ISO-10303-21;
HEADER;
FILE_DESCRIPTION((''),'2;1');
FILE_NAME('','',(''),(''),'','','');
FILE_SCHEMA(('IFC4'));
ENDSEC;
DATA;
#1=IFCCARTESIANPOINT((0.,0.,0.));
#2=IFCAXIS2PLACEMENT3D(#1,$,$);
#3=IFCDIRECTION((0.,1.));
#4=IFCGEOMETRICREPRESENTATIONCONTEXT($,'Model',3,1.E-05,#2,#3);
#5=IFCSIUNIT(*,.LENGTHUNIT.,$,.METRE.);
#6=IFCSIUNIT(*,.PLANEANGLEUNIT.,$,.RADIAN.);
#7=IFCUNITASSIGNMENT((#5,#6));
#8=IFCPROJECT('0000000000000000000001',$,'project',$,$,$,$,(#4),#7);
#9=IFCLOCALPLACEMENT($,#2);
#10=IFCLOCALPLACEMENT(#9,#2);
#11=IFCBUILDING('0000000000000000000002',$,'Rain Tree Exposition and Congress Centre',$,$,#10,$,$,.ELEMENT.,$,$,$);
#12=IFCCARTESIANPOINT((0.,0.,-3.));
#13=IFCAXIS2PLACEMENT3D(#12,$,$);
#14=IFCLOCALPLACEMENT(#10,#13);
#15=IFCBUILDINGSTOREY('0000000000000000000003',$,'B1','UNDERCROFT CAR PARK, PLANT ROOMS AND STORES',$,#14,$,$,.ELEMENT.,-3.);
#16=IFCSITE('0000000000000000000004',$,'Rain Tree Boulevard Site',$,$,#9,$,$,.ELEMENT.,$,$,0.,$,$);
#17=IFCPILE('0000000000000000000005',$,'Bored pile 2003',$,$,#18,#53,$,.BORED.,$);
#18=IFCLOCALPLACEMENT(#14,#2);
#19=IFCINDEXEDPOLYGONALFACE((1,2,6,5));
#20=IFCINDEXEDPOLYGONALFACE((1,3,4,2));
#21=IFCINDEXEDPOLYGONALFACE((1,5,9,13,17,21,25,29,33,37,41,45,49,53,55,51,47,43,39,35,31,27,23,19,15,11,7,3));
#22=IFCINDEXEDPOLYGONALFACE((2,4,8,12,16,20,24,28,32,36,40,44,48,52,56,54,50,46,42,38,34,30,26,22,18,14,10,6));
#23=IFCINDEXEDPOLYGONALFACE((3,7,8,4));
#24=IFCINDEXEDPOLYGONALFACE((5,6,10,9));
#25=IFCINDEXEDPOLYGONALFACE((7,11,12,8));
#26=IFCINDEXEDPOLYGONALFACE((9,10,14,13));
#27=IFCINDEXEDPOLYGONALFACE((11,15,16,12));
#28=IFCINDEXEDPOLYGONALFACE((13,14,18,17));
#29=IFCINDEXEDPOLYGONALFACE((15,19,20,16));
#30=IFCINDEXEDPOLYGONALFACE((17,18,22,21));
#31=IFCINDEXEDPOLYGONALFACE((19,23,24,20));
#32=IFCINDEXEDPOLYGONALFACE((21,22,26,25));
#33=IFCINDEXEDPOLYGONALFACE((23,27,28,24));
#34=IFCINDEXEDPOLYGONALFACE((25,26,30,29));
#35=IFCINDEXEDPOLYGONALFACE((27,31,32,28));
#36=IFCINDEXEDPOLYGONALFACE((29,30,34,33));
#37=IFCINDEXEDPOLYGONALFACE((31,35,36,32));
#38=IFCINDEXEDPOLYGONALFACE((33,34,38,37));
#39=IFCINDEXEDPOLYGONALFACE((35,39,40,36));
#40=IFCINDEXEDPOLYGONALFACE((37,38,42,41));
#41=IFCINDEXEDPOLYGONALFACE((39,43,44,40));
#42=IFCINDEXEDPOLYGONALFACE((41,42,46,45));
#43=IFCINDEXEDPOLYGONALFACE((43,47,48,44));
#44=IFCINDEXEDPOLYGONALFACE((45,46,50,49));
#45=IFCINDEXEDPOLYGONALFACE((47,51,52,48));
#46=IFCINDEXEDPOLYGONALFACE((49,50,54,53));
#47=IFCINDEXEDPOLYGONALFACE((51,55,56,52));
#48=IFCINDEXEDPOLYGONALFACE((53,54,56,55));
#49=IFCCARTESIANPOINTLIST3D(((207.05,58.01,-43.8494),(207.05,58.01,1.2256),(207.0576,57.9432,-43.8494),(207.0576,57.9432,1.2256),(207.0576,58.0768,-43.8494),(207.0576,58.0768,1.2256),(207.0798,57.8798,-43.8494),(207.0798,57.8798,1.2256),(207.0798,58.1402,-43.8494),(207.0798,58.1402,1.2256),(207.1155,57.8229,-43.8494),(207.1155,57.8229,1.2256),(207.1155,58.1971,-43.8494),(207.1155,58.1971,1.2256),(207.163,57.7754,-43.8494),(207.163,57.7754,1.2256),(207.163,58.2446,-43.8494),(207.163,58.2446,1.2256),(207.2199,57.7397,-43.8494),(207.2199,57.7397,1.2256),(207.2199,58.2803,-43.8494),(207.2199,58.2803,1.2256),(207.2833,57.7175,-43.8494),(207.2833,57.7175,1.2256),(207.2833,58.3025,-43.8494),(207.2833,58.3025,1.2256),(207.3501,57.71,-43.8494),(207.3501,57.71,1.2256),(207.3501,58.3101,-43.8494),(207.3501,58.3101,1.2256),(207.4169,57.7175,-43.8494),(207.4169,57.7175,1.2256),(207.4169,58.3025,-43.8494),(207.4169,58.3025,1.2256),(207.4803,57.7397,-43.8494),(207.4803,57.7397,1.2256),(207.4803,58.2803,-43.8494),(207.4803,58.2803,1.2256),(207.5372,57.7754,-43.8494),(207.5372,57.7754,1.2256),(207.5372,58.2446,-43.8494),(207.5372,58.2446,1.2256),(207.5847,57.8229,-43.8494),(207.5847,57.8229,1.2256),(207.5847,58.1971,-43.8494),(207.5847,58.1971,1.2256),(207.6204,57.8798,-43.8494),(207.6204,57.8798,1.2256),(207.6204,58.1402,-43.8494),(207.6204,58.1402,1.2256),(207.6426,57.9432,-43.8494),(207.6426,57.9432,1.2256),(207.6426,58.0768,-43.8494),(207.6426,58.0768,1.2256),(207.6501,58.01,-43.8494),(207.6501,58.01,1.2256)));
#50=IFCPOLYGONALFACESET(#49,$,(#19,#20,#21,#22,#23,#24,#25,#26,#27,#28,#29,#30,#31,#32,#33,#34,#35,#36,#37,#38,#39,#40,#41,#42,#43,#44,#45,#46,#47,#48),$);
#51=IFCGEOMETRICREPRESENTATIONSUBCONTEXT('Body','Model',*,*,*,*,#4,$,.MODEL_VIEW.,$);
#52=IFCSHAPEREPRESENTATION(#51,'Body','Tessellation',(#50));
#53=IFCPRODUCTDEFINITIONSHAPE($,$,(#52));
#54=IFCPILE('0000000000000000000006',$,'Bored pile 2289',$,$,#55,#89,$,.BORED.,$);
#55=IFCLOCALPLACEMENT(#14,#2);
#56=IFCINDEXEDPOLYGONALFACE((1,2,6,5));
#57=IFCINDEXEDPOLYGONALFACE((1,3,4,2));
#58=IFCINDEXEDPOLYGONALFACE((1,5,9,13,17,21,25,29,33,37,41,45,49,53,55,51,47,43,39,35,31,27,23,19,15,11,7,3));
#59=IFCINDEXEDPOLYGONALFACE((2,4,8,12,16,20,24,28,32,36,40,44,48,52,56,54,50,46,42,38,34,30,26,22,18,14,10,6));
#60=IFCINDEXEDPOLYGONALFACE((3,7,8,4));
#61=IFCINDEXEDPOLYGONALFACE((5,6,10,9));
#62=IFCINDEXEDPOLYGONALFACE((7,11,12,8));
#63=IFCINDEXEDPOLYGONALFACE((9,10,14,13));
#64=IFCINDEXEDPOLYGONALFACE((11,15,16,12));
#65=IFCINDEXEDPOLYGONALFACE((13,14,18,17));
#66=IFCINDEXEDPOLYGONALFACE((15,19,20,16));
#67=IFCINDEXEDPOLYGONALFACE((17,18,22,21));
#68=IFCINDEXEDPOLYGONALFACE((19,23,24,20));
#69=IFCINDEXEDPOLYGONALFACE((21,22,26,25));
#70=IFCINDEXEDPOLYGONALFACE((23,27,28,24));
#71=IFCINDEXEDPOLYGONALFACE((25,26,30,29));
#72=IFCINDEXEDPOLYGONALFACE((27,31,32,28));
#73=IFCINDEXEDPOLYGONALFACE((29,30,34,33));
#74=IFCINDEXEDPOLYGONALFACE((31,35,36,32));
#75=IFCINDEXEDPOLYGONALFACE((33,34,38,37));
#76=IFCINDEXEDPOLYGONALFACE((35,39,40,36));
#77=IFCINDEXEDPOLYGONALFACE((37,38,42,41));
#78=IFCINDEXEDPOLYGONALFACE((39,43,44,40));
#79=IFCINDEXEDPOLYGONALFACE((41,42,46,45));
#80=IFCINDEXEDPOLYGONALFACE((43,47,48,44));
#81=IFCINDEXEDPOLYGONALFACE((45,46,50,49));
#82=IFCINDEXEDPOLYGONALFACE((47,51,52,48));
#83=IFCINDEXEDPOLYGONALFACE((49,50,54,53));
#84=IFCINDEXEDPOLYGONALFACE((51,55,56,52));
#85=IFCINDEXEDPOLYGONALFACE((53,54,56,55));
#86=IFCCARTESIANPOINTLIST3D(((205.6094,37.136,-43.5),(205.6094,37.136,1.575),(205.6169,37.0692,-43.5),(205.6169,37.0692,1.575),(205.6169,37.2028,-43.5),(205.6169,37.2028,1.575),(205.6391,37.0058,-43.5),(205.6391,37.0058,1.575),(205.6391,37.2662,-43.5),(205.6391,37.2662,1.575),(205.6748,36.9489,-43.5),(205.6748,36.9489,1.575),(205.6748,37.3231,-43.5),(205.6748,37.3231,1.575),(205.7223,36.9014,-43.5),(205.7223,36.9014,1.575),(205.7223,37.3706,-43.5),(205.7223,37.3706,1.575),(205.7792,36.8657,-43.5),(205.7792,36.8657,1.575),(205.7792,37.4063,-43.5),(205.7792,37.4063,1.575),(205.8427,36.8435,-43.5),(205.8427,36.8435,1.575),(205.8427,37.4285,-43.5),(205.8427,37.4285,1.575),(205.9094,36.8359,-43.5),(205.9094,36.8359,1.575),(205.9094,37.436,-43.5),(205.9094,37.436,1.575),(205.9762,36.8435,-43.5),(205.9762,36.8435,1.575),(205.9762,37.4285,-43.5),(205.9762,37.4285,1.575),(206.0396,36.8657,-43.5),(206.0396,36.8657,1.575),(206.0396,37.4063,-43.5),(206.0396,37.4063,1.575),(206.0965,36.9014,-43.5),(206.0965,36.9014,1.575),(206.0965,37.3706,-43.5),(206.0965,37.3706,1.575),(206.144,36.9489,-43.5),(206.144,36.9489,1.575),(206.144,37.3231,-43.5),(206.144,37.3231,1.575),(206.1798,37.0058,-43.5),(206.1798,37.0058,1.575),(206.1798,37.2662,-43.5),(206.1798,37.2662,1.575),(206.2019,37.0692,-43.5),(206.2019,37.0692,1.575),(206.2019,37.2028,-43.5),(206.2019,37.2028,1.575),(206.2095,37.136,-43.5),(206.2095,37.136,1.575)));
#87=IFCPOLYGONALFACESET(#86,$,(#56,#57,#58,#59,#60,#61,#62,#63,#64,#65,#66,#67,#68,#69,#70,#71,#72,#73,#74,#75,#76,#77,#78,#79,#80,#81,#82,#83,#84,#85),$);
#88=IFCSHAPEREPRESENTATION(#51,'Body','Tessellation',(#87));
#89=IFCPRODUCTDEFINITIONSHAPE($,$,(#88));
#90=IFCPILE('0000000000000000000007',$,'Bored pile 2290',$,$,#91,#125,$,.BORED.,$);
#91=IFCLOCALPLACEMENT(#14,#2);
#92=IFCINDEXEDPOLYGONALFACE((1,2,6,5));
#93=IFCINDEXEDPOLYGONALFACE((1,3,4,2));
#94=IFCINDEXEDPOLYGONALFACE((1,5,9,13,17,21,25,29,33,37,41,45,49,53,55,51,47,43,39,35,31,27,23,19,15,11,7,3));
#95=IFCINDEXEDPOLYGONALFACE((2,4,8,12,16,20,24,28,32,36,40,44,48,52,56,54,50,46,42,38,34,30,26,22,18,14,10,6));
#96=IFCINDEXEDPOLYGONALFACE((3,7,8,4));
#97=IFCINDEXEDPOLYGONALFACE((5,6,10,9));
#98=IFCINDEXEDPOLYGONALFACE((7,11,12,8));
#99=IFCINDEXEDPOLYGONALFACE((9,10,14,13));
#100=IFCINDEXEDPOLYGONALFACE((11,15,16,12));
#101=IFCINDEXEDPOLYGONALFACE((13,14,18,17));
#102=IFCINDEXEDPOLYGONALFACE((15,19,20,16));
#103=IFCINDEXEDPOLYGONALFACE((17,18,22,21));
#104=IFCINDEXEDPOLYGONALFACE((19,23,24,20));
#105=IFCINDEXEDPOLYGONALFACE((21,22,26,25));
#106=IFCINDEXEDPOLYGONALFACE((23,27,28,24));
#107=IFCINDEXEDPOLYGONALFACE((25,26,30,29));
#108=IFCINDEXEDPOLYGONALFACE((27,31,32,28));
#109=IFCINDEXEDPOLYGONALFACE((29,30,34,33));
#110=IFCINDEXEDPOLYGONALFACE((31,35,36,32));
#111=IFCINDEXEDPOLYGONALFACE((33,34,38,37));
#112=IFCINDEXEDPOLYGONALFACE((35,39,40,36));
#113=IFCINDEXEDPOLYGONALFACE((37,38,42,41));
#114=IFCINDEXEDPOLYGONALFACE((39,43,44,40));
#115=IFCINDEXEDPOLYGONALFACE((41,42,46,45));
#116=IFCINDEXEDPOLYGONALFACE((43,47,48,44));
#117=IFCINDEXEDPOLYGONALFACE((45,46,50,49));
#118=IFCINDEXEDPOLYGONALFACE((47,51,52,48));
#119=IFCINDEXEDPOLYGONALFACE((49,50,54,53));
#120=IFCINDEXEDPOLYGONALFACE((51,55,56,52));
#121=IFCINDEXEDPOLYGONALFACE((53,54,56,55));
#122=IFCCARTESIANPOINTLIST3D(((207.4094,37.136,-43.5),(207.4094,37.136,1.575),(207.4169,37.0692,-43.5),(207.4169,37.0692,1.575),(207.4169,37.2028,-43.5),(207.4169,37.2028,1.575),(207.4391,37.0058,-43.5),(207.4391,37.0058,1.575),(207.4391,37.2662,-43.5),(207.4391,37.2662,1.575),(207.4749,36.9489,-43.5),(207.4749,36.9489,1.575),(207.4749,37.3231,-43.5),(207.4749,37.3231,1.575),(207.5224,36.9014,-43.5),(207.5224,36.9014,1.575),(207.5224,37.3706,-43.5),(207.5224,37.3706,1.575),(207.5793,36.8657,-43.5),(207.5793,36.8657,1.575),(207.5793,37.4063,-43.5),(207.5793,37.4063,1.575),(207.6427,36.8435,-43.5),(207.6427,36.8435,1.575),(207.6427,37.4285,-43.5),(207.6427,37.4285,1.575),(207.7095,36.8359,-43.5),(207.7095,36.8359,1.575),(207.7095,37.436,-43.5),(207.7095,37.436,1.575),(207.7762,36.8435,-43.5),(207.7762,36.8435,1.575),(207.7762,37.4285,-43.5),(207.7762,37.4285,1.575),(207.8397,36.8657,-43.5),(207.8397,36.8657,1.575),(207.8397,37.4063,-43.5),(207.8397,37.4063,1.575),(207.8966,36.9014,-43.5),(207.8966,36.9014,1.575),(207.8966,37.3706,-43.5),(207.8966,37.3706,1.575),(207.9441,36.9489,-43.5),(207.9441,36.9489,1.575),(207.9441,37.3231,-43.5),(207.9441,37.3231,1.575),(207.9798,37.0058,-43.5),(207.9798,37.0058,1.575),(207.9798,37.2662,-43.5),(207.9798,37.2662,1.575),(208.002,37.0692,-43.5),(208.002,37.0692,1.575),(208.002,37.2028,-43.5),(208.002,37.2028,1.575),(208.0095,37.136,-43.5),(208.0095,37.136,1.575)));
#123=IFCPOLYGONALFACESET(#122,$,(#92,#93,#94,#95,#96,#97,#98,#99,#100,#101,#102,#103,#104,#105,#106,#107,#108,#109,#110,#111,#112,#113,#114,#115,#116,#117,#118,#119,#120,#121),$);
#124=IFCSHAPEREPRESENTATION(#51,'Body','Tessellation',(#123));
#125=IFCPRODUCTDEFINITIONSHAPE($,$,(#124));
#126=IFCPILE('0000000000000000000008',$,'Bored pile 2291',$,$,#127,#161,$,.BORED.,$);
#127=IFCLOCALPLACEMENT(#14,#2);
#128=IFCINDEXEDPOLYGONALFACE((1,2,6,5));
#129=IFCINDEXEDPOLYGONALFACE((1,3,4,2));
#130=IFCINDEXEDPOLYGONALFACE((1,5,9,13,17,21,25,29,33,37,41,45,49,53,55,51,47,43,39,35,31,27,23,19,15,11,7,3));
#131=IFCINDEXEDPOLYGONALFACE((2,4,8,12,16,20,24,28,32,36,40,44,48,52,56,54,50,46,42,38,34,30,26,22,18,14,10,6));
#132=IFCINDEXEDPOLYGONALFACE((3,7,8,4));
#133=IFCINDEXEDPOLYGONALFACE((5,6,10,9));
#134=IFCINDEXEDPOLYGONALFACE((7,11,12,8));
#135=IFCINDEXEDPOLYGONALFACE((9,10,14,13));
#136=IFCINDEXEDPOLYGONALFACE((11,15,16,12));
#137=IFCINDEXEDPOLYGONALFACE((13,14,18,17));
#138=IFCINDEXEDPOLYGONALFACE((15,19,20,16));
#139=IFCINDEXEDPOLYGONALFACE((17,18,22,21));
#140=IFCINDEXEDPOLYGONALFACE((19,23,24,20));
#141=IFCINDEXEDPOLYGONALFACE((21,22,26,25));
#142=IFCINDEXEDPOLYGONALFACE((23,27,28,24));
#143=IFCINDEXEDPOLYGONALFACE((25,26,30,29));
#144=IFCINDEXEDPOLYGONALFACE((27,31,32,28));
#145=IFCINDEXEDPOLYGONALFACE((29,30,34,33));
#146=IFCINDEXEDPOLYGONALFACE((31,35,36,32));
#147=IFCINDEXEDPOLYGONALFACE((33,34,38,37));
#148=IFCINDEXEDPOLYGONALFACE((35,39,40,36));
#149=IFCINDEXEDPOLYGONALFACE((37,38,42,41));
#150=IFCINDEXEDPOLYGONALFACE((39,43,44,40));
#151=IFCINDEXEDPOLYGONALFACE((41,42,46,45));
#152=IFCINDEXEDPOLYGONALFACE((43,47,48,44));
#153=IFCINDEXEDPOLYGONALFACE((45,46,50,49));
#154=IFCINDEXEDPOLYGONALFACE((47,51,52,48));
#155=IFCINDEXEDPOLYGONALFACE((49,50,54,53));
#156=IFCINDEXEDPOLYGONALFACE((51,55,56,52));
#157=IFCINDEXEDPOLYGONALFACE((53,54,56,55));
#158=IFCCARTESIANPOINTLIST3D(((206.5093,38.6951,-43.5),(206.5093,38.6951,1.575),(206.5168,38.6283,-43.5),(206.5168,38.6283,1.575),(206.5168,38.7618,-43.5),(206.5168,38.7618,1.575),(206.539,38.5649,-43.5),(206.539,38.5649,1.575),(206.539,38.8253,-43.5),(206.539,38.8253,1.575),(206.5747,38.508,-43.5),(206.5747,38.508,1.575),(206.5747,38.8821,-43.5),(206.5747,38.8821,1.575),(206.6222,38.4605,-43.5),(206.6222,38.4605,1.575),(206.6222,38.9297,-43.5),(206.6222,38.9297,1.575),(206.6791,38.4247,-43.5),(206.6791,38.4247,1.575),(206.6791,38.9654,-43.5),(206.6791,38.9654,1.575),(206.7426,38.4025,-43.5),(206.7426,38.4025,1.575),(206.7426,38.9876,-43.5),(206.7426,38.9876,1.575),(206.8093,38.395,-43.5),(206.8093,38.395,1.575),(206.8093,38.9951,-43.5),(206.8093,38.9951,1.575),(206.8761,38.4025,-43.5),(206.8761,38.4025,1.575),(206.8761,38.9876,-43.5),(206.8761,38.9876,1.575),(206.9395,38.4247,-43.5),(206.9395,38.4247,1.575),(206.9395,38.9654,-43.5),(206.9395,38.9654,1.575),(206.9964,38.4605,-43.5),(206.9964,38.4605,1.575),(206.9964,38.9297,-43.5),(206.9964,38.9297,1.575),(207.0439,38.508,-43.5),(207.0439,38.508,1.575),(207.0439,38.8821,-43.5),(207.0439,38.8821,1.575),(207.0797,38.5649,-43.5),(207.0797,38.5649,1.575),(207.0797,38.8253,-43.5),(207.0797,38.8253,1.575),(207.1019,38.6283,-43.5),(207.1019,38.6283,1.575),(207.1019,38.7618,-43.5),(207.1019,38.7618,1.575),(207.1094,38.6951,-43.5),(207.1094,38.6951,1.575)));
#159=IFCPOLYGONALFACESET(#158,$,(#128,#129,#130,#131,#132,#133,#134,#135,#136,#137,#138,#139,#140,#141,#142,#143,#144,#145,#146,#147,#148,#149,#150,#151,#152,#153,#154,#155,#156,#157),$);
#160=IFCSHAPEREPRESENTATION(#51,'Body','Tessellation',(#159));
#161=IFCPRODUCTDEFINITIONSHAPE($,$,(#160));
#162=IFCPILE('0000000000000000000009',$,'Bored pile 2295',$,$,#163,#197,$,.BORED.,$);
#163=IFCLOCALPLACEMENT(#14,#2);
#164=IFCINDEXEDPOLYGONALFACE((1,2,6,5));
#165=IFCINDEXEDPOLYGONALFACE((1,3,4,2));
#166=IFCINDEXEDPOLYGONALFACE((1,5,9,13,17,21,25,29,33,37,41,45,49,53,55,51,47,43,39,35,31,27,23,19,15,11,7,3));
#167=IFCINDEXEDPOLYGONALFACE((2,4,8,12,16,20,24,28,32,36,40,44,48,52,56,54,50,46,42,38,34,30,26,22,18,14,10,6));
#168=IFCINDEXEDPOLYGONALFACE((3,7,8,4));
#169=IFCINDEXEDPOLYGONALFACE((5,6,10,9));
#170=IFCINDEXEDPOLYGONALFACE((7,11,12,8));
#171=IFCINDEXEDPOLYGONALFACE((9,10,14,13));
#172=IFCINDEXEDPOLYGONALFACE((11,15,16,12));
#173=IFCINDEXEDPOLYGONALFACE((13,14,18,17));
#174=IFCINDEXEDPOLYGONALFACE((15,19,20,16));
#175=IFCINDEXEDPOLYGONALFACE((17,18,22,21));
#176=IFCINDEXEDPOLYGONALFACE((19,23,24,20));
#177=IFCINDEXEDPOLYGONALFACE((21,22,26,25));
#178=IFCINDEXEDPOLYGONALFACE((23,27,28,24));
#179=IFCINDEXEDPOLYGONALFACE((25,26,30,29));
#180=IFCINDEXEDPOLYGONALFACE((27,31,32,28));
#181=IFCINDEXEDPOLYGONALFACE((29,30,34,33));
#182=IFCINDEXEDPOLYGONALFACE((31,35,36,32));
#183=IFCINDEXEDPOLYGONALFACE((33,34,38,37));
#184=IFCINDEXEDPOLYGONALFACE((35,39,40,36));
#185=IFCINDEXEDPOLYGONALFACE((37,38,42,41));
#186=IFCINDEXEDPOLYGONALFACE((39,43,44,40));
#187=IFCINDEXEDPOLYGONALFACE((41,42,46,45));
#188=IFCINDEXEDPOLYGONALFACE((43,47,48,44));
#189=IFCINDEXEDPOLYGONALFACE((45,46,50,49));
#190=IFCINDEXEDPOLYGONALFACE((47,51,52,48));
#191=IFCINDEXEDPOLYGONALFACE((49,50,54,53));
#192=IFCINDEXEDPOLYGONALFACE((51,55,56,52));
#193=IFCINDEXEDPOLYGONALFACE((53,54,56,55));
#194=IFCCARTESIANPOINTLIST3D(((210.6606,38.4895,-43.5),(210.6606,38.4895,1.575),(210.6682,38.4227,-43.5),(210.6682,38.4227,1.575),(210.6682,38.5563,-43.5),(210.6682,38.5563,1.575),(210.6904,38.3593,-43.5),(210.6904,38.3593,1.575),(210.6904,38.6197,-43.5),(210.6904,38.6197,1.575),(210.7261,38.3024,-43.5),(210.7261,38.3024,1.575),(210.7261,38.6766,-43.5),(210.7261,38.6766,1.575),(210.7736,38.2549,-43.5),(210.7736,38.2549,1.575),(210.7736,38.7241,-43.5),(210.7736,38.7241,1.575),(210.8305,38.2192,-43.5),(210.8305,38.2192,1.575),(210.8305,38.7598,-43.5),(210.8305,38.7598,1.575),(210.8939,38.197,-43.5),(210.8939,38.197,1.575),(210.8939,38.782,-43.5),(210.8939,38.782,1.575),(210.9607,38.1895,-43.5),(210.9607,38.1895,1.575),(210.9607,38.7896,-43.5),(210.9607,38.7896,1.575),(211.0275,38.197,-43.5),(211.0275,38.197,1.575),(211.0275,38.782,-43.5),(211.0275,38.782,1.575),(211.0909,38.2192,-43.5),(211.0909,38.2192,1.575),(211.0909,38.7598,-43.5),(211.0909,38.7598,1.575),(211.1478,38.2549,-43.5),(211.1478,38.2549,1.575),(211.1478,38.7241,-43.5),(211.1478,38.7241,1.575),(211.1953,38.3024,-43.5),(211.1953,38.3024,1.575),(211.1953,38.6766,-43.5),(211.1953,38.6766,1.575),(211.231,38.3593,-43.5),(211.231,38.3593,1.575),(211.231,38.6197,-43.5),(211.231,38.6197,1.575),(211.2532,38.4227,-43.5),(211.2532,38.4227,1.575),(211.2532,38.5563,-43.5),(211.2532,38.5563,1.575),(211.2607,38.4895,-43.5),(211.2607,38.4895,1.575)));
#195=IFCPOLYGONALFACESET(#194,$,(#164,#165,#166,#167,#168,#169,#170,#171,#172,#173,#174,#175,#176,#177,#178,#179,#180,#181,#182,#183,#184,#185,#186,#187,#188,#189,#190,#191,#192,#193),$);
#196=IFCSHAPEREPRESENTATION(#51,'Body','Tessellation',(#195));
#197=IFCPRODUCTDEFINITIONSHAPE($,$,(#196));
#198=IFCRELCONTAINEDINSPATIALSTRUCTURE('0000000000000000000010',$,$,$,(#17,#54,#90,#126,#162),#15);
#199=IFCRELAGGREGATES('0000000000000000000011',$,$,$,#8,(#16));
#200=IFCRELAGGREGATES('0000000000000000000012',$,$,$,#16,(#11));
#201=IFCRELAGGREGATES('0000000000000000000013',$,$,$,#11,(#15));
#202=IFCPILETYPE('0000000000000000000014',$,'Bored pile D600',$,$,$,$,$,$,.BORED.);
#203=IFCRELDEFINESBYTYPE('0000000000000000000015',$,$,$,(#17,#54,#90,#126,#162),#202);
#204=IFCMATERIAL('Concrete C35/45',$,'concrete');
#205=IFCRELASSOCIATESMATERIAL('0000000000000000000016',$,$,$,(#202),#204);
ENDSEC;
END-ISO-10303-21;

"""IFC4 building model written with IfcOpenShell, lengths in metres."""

from ifc_helpers import new_model, si_unit, direction, frame, origin, origin_2d, place, context, subcontext, project, spatial, circle, extrude, material, material_profile, profile_set, type_object, element, save


model = new_model("IFC4")

# Units and contexts
model_context = context("Model", 3, precision=1e-05, world=origin(), true_north=direction((0.0, 1.0)))
body_context = subcontext(model_context, "Body", "Model", "MODEL_VIEW")
ifc_project = project(units=[si_unit("LENGTHUNIT", "METRE"), si_unit("PLANEANGLEUNIT", "RADIAN")], contexts=[model_context])

# Site, building, storey
site_placement = place(None, origin())
site = spatial("IfcSite", under=ifc_project, at=site_placement, Name="Rain Tree Boulevard Site", CompositionType="ELEMENT", RefElevation=0.0)
building_placement = place(site_placement, origin())
building = spatial("IfcBuilding", under=site, at=building_placement, Name="Rain Tree Exposition and Congress Centre", CompositionType="ELEMENT")
storey_placement = place(building_placement, frame((0.0, 0.0, -3.0)))
storey = spatial("IfcBuildingStorey", under=building, at=storey_placement, Name="B1", Description="UNDERCROFT CAR PARK, PLANT ROOMS AND STORES", CompositionType="ELEMENT", Elevation=-3.0)

# Piles
ifc_material_1 = material(Name="Concrete C35/45", Category="concrete")
ifc_material_profile_1 = material_profile(ifc_material_1, circle(Radius=0.3, at=origin_2d()), Name="D600")
ifc_profile_set_1 = profile_set([ifc_material_profile_1], Name="Concrete C35/45")
pile_type_1 = type_object("IfcPileType", Name="Bored pile D600", PredefinedType="BORED", material=ifc_profile_set_1)
for number, where, z_axis, x_axis, name in (
    (1, (207.3501, 58.01, 1.2256), (0.0, 0.0, -1.0), (1.0, 0.0, 0.0), "Bored pile 2003"),
    (2, (205.9094, 37.136, 1.575), (0.0, 0.0, -1.0), (1.0, 0.0, 0.0), "Bored pile 2289"),
    (3, (207.7095, 37.136, 1.575), (0.0, 0.0, -1.0), (1.0, 0.0, 0.0), "Bored pile 2290"),
    (4, (206.8093, 38.6951, 1.575), (0.0, 0.0, -1.0), (1.0, 0.0, 0.0), "Bored pile 2291"),
    (5, (210.9607, 38.4895, 1.575), (0.0, 0.0, -1.0), (1.0, 0.0, 0.0), "Bored pile 2295"),
):
    element("IfcPile", number, at=place(storey_placement, frame(where, z_axis=z_axis, x_axis=x_axis)), inside=storey, type_object=pile_type_1, Name=name, PredefinedType="BORED", context=body_context, shape_type="SweptSolid", body=[
        extrude(circle(Radius=0.3, at=origin_2d()), origin(), (0.0, 0.0, 1.0), 45.075),
    ])

save(model, "model.ifc")
